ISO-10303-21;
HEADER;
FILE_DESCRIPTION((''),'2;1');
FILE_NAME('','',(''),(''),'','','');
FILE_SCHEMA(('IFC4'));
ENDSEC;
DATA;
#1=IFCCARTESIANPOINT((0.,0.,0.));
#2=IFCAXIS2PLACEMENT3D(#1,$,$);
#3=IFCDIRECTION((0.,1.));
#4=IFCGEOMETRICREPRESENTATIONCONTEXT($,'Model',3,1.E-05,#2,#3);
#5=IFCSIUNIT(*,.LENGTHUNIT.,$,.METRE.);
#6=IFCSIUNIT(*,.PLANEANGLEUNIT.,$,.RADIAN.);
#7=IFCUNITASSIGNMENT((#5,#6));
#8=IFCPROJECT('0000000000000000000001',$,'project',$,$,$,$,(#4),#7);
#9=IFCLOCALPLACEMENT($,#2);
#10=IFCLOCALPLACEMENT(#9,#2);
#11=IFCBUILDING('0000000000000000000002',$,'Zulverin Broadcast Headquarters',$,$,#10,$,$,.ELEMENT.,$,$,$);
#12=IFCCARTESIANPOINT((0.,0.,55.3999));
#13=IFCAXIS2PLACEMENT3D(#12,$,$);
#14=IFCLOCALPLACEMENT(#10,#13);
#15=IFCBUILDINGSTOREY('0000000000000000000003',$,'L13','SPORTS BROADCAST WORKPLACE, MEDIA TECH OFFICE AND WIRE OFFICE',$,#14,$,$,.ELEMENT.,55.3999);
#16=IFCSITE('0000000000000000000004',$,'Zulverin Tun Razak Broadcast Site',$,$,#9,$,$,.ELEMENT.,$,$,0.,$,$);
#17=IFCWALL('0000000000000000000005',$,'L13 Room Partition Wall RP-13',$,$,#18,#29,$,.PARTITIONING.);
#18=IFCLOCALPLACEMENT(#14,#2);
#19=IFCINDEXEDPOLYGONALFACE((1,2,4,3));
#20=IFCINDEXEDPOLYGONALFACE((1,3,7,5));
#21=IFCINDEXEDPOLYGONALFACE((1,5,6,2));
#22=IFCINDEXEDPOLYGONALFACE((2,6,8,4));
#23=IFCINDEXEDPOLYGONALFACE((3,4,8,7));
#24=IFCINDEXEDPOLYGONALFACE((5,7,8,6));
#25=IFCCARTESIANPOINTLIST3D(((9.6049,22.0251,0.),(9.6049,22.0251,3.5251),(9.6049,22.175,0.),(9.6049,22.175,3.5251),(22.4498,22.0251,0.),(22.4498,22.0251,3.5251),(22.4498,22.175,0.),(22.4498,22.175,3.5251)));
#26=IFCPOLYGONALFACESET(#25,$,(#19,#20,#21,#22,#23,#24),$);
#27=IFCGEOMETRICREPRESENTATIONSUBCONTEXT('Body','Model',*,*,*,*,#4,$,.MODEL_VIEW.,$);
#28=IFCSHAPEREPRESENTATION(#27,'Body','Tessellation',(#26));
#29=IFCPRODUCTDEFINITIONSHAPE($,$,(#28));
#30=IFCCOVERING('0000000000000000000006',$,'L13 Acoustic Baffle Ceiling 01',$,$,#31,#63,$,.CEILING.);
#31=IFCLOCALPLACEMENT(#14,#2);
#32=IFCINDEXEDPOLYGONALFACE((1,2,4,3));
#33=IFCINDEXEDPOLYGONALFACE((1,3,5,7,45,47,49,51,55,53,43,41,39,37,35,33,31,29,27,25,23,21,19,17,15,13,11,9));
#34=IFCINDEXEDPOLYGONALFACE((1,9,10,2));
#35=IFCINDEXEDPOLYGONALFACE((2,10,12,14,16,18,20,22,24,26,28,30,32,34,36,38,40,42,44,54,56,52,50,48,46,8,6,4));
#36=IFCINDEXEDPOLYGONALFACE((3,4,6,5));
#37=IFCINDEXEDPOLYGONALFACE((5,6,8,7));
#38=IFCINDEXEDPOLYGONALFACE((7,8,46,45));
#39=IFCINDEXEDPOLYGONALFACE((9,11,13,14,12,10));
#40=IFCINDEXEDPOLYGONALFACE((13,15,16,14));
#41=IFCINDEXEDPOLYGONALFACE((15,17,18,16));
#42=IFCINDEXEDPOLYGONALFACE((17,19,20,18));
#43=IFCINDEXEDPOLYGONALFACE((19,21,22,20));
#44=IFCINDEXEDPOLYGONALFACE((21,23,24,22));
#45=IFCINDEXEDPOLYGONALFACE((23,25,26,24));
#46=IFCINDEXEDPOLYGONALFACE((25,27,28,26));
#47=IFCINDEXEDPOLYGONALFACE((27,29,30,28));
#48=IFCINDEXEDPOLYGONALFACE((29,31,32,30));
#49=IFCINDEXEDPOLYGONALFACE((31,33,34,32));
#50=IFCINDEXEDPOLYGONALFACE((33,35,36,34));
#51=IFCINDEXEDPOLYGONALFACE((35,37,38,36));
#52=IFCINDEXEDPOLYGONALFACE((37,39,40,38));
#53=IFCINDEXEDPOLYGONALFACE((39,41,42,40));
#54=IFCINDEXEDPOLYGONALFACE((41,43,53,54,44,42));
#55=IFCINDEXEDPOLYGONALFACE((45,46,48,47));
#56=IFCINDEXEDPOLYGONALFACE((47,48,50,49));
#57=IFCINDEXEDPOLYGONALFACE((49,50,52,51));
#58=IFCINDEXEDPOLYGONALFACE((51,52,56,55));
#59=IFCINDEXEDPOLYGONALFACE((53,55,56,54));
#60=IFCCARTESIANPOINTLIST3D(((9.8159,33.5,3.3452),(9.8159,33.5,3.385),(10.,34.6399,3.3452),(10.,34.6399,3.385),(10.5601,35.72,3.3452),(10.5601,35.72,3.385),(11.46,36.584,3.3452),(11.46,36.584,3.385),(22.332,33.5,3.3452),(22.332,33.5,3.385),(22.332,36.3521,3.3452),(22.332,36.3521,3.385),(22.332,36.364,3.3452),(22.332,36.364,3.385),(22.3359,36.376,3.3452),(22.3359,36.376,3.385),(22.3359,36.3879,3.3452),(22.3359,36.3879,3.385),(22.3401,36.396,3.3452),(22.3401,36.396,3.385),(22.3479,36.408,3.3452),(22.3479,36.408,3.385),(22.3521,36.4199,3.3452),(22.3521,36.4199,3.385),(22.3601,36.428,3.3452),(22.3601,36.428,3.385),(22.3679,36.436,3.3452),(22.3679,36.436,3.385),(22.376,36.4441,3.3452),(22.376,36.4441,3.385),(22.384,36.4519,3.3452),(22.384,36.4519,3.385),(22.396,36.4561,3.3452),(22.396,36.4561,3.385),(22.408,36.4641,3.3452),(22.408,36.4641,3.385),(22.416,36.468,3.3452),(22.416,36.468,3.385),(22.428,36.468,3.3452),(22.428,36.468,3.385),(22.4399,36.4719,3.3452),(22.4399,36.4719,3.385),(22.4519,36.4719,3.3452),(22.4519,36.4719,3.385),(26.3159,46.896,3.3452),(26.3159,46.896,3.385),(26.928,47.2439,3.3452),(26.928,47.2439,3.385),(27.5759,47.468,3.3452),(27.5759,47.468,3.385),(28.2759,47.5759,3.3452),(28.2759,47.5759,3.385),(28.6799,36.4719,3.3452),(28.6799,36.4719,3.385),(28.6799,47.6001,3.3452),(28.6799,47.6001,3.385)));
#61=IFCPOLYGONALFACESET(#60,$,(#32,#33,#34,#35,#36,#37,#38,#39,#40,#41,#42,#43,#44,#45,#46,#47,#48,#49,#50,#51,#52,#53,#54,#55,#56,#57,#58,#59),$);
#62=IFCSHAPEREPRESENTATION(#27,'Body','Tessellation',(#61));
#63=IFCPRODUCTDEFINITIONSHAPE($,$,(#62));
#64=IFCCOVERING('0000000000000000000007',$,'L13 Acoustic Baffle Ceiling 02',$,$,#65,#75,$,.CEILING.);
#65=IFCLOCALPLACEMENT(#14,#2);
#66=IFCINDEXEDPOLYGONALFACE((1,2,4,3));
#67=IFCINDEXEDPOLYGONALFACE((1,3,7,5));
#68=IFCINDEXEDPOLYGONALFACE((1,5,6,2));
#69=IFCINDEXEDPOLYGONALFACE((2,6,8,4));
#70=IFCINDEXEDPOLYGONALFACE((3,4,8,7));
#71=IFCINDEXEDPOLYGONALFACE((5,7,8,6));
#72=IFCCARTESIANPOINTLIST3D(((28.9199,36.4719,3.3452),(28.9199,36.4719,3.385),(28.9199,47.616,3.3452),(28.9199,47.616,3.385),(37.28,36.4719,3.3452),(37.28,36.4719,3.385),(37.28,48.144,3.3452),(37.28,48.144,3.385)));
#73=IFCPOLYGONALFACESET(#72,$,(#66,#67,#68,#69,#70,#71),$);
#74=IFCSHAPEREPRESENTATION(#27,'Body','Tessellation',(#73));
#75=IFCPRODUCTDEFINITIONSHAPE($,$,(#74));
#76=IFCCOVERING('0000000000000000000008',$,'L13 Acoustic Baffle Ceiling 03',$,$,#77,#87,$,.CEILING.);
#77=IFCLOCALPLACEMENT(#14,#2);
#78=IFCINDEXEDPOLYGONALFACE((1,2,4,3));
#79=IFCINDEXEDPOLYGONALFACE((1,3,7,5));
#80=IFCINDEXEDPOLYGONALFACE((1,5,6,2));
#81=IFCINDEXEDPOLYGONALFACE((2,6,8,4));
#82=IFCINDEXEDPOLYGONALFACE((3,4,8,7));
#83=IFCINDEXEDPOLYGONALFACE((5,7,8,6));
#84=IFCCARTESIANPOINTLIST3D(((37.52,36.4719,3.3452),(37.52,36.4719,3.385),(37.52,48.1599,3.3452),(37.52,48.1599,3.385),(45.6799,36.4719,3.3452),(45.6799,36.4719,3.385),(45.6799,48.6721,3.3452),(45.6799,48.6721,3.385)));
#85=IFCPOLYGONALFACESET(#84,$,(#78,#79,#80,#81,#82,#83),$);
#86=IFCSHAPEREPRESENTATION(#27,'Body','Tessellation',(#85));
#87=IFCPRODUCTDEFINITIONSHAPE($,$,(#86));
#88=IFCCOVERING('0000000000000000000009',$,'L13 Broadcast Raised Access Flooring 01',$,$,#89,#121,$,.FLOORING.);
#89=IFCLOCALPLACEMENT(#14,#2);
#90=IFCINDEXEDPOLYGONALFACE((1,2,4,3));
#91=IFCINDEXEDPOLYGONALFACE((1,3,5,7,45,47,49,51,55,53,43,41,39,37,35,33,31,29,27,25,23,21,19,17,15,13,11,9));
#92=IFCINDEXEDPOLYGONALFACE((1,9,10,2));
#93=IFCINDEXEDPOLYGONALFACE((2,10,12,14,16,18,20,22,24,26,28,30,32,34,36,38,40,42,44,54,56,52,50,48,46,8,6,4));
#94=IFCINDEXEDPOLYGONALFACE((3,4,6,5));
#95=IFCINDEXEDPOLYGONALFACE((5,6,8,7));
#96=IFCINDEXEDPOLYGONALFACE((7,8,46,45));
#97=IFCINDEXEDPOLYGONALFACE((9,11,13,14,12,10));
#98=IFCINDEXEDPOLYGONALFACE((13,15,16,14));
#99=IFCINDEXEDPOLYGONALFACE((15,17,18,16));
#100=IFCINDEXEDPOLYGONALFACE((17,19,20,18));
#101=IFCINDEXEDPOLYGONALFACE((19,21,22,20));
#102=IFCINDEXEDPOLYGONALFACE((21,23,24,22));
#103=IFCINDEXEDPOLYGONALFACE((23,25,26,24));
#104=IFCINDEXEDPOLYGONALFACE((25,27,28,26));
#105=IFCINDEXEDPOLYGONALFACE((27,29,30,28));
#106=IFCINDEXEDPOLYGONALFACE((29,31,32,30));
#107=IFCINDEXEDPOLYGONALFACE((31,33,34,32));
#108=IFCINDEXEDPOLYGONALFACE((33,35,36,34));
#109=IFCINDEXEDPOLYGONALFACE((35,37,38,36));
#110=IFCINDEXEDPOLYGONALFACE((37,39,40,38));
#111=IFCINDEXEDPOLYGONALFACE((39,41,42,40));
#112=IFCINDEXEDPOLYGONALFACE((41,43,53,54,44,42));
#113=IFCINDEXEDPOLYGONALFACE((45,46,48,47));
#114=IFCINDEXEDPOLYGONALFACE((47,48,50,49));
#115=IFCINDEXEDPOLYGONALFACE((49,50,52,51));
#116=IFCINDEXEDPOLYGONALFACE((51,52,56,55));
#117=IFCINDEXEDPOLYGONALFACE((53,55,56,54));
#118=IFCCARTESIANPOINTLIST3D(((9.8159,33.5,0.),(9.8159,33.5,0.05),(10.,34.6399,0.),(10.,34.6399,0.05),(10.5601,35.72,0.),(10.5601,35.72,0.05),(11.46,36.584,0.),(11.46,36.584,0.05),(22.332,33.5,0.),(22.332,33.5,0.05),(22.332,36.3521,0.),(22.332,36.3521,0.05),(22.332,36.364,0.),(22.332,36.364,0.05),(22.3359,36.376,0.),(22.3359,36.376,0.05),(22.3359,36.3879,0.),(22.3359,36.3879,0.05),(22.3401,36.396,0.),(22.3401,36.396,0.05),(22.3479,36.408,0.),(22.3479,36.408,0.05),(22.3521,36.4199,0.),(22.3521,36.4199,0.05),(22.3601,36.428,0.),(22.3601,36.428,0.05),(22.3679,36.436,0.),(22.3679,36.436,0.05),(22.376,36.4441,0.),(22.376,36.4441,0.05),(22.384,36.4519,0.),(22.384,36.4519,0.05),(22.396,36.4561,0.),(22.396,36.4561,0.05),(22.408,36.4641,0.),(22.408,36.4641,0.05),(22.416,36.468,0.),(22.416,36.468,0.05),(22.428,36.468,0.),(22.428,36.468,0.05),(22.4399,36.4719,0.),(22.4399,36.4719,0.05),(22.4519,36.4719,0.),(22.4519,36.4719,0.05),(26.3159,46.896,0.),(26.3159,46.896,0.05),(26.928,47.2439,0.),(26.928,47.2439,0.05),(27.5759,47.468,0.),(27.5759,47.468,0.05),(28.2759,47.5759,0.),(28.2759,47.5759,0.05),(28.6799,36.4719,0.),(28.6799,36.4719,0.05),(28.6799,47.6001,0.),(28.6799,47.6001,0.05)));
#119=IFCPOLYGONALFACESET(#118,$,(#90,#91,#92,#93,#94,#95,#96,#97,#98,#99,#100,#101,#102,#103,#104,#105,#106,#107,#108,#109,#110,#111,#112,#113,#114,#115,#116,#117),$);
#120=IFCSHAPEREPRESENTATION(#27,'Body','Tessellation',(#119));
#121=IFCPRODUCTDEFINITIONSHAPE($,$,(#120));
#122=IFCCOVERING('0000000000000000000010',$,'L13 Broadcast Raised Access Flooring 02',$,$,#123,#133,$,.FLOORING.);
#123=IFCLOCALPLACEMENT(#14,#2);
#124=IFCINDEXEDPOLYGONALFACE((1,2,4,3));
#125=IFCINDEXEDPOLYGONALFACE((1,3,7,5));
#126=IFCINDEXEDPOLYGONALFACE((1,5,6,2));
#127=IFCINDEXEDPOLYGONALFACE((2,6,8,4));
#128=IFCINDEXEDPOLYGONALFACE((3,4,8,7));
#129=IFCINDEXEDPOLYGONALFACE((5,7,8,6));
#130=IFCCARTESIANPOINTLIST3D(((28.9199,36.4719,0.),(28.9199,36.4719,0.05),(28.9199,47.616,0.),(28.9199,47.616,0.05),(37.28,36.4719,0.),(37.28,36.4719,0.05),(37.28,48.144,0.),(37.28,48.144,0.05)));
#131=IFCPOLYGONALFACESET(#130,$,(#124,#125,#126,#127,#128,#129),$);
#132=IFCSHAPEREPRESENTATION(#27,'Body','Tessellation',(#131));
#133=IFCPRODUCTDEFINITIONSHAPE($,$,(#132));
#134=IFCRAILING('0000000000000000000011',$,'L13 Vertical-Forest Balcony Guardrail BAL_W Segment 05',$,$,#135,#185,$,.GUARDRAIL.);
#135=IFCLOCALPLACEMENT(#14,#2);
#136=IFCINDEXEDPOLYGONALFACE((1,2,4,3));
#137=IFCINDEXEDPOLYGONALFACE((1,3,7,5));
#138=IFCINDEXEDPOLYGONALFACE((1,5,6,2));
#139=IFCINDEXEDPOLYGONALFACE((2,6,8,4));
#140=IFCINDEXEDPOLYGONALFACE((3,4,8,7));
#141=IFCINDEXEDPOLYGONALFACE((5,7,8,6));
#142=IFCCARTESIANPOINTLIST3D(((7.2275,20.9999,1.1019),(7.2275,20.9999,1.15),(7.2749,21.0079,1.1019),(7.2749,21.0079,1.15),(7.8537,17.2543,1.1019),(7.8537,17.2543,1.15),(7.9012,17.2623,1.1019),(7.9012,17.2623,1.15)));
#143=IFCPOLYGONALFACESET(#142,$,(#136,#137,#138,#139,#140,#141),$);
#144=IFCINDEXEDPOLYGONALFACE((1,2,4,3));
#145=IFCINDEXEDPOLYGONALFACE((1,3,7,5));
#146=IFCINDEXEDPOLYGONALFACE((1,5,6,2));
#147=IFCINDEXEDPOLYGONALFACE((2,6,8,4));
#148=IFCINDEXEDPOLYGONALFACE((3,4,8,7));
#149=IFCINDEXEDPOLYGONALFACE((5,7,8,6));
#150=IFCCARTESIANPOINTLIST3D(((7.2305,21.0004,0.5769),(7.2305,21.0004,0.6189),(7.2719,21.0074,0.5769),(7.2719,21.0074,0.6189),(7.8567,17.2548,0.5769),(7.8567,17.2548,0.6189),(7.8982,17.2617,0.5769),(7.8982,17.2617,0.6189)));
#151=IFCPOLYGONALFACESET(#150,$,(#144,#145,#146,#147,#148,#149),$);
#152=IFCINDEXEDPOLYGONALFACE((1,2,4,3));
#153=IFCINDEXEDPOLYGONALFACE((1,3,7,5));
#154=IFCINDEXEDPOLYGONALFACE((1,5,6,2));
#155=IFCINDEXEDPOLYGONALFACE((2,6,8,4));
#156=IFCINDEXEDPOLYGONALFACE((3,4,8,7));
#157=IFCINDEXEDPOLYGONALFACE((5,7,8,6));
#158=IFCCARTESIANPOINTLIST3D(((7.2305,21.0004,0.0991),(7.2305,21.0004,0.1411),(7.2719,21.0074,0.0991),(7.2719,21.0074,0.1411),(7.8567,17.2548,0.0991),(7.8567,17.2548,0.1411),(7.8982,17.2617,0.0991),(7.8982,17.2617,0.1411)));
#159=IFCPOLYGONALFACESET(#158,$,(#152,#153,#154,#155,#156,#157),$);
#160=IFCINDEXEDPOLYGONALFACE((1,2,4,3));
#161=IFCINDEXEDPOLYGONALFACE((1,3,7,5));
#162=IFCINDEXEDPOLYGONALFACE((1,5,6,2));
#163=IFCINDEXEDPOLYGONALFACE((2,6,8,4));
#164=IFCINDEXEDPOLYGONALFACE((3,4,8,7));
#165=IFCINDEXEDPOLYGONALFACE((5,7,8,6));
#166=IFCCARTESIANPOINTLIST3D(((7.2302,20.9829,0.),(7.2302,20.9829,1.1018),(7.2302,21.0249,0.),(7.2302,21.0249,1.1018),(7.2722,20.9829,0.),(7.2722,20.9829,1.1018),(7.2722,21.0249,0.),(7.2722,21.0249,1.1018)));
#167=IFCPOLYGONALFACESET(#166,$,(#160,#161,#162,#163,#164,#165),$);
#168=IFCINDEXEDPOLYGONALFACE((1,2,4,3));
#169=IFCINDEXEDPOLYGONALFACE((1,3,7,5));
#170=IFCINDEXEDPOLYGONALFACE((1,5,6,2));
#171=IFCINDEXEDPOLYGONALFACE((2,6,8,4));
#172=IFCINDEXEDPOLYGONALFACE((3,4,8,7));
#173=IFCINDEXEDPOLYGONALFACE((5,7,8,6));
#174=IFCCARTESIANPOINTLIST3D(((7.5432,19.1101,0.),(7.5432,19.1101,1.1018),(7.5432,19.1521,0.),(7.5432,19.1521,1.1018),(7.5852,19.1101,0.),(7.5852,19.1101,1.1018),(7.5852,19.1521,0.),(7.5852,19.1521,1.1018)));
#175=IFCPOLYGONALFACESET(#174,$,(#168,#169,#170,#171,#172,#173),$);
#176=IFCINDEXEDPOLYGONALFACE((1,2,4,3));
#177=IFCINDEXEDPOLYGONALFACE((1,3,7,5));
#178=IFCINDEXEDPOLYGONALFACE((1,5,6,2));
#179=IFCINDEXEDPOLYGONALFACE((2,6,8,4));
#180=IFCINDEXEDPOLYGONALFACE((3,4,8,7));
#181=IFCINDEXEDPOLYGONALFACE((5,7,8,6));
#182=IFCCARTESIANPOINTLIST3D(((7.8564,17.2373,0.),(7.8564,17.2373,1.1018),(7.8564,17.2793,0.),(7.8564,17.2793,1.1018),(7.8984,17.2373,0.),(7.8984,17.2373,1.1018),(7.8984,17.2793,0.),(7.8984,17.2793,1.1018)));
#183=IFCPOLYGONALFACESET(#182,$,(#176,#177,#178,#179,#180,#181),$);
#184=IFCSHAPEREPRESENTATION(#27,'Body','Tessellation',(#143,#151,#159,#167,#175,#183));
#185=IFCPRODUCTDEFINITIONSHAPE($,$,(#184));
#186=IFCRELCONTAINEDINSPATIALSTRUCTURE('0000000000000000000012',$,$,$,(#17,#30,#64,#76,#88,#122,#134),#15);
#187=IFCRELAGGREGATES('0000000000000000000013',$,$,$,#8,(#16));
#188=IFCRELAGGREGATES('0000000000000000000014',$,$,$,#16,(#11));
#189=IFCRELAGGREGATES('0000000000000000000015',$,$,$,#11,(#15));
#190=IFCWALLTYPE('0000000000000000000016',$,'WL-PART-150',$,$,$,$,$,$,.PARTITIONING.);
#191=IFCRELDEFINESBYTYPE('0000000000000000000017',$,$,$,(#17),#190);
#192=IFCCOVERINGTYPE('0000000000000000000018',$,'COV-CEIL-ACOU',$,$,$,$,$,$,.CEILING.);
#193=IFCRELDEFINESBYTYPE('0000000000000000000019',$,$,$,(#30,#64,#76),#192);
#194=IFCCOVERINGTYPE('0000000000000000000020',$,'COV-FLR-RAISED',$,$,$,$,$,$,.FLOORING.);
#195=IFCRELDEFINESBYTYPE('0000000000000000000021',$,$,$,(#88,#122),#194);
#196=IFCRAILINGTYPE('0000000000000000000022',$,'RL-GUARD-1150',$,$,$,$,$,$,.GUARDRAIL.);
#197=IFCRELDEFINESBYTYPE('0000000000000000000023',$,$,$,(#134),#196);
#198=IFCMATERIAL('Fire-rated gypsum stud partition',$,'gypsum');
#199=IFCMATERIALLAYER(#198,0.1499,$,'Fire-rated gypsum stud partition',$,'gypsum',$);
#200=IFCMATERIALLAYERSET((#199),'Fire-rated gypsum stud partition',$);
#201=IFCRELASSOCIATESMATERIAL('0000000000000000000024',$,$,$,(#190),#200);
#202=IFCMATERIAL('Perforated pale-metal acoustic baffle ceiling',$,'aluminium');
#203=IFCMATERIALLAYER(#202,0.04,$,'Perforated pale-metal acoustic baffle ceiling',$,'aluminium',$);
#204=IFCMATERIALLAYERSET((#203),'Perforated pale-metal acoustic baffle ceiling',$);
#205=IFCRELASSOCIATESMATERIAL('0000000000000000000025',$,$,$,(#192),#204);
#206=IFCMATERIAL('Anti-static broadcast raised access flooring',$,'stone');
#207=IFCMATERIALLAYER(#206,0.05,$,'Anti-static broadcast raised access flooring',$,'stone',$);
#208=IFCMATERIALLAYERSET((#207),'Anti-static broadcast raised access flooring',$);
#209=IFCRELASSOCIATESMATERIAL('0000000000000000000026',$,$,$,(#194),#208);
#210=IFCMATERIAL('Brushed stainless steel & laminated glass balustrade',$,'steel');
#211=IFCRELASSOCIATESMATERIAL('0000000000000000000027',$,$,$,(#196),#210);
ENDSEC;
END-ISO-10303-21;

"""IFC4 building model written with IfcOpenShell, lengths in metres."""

from ifc_helpers import new_model, si_unit, direction, frame, frame_2d, origin, origin_2d, place, context, subcontext, project, spatial, polyline, rectangle, outline, extrude, material, layer, layer_set, type_object, element, save


model = new_model("IFC4")

# Units and contexts
model_context = context("Model", 3, precision=1e-05, world=origin(), true_north=direction((0.0, 1.0)))
body_context = subcontext(model_context, "Body", "Model", "MODEL_VIEW")
ifc_project = project(units=[si_unit("LENGTHUNIT", "METRE"), si_unit("PLANEANGLEUNIT", "RADIAN")], contexts=[model_context])

# Site, building, storey
site_placement = place(None, origin())
site = spatial("IfcSite", under=ifc_project, at=site_placement, Name="Zulverin Tun Razak Broadcast Site", CompositionType="ELEMENT", RefElevation=0.0)
building_placement = place(site_placement, origin())
building = spatial("IfcBuilding", under=site, at=building_placement, Name="Zulverin Broadcast Headquarters", CompositionType="ELEMENT")
storey_placement = place(building_placement, frame((0.0, 0.0, 55.3999)))
storey = spatial("IfcBuildingStorey", under=building, at=storey_placement, Name="L13", Description="SPORTS BROADCAST WORKPLACE, MEDIA TECH OFFICE AND WIRE OFFICE", CompositionType="ELEMENT", Elevation=55.3999)

# Wall
ifc_material_1 = material(Name="Fire-rated gypsum stud partition", Category="gypsum")
ifc_layer_1 = layer(ifc_material_1, 0.1499, Name="Fire-rated gypsum stud partition", Category="gypsum")
ifc_layer_set_1 = layer_set([ifc_layer_1], Name="Fire-rated gypsum stud partition")
wall_type_1 = type_object("IfcWallType", Name="WL-PART-150", PredefinedType="PARTITIONING", material=ifc_layer_set_1)
wall_1_placement = place(storey_placement, frame((9.605, 22.1001, 0.0), z_axis=(0.0, 0.0, 1.0), x_axis=(1.0, 0.0, 0.0)))
element("IfcWall", 1, at=wall_1_placement, inside=storey, type_object=wall_type_1, Name="L13 Room Partition Wall RP-13", PredefinedType="PARTITIONING", context=body_context, shape_type="SweptSolid", body=[
    extrude(rectangle(XDim=12.845, YDim=0.1499, at=frame_2d((6.4224, 0.0))), origin(), (0.0, 0.0, 1.0), 3.5251),
])

# Coverings
ifc_material_2 = material(Name="Perforated pale-metal acoustic baffle ceiling", Category="aluminium")
ifc_layer_2 = layer(ifc_material_2, 0.04, Name="Perforated pale-metal acoustic baffle ceiling", Category="aluminium")
ifc_layer_set_2 = layer_set([ifc_layer_2], Name="Perforated pale-metal acoustic baffle ceiling")
covering_type_1 = type_object("IfcCoveringType", Name="COV-CEIL-ACOU", PredefinedType="CEILING", material=ifc_layer_set_2)
covering_1_placement = place(storey_placement, frame((0.0, 0.0, 3.3452)))
element("IfcCovering", 2, at=covering_1_placement, inside=storey, type_object=covering_type_1, Name="L13 Acoustic Baffle Ceiling 01", PredefinedType="CEILING", context=body_context, shape_type="SweptSolid", body=[
    extrude(outline(polyline([(11.46, 36.584), (10.5601, 35.72), (10.0, 34.6399), (9.8159, 33.5), (22.332, 33.5), (22.332, 36.3521), (22.332, 36.364), (22.3359, 36.376), (22.3359, 36.3879), (22.3401, 36.396), (22.3479, 36.408), (22.3521, 36.4199), (22.3601, 36.428), (22.3679, 36.436), (22.376, 36.4441), (22.384, 36.4519), (22.396, 36.4561), (22.408, 36.4641), (22.416, 36.468), (22.428, 36.468), (22.4399, 36.4719), (22.4519, 36.4719), (28.6799, 36.4719), (28.6799, 47.6001), (28.2759, 47.5759), (27.5759, 47.468), (26.928, 47.2439), (26.3159, 46.896), (11.46, 36.584)])), origin(), (0.0, 0.0, 1.0), 0.0398),
])
covering_2_placement = place(storey_placement, frame((0.0, 0.0, 3.3452)))
element("IfcCovering", 3, at=covering_2_placement, inside=storey, type_object=covering_type_1, Name="L13 Acoustic Baffle Ceiling 02", PredefinedType="CEILING", context=body_context, shape_type="SweptSolid", body=[
    extrude(outline(polyline([(37.28, 36.4719), (37.28, 48.144), (28.9199, 47.616), (28.9199, 36.4719), (37.28, 36.4719)])), origin(), (0.0, 0.0, 1.0), 0.0398),
])
covering_3_placement = place(storey_placement, frame((0.0, 0.0, 3.3452)))
element("IfcCovering", 4, at=covering_3_placement, inside=storey, type_object=covering_type_1, Name="L13 Acoustic Baffle Ceiling 03", PredefinedType="CEILING", context=body_context, shape_type="SweptSolid", body=[
    extrude(outline(polyline([(45.6799, 36.4719), (45.6799, 48.6721), (37.52, 48.1599), (37.52, 36.4719), (45.6799, 36.4719)])), origin(), (0.0, 0.0, 1.0), 0.0398),
])
ifc_material_3 = material(Name="Anti-static broadcast raised access flooring", Category="stone")
ifc_layer_3 = layer(ifc_material_3, 0.05, Name="Anti-static broadcast raised access flooring", Category="stone")
ifc_layer_set_3 = layer_set([ifc_layer_3], Name="Anti-static broadcast raised access flooring")
covering_type_2 = type_object("IfcCoveringType", Name="COV-FLR-RAISED", PredefinedType="FLOORING", material=ifc_layer_set_3)
covering_4_placement = place(storey_placement, origin())
element("IfcCovering", 5, at=covering_4_placement, inside=storey, type_object=covering_type_2, Name="L13 Broadcast Raised Access Flooring 01", PredefinedType="FLOORING", context=body_context, shape_type="SweptSolid", body=[
    extrude(outline(polyline([(11.46, 36.584), (10.5601, 35.72), (10.0, 34.6399), (9.8159, 33.5), (22.332, 33.5), (22.332, 36.3521), (22.332, 36.364), (22.3359, 36.376), (22.3359, 36.3879), (22.3401, 36.396), (22.3479, 36.408), (22.3521, 36.4199), (22.3601, 36.428), (22.3679, 36.436), (22.376, 36.4441), (22.384, 36.4519), (22.396, 36.4561), (22.408, 36.4641), (22.416, 36.468), (22.428, 36.468), (22.4399, 36.4719), (22.4519, 36.4719), (28.6799, 36.4719), (28.6799, 47.6001), (28.2759, 47.5759), (27.5759, 47.468), (26.928, 47.2439), (26.3159, 46.896), (11.46, 36.584)])), origin(), (0.0, 0.0, 1.0), 0.05),
])
covering_5_placement = place(storey_placement, origin())
element("IfcCovering", 6, at=covering_5_placement, inside=storey, type_object=covering_type_2, Name="L13 Broadcast Raised Access Flooring 02", PredefinedType="FLOORING", context=body_context, shape_type="SweptSolid", body=[
    extrude(outline(polyline([(37.28, 36.4719), (37.28, 48.144), (28.9199, 47.616), (28.9199, 36.4719), (37.28, 36.4719)])), origin(), (0.0, 0.0, 1.0), 0.05),
])

# Railing
ifc_material_4 = material(Name="Brushed stainless steel & laminated glass balustrade", Category="steel")
railing_type = type_object("IfcRailingType", Name="RL-GUARD-1150", PredefinedType="GUARDRAIL", material=ifc_material_4)
railing_1_placement = place(storey_placement, frame((7.2512, 21.0039, 0.0)))
element("IfcRailing", 7, at=railing_1_placement, inside=storey, type_object=railing_type, Name="L13 Vertical-Forest Balcony Guardrail BAL_W Segment 05", PredefinedType="GUARDRAIL", context=body_context, shape_type="SweptSolid", body=[
    extrude(rectangle(XDim=0.0481, YDim=0.0481, at=origin_2d()), frame((0.0, 0.0, 1.126), z_axis=(0.164899, -0.98631, 0.0), x_axis=(0.98631, 0.164899, 0.0)), (0.0, 0.0, 1.0), 3.7976),
    extrude(rectangle(XDim=0.042, YDim=0.042, at=origin_2d()), frame((0.0, 0.0, 0.5979), z_axis=(0.164899, -0.98631, 0.0), x_axis=(0.98631, 0.164899, 0.0)), (0.0, 0.0, 1.0), 3.7976),
    extrude(rectangle(XDim=0.042, YDim=0.042, at=origin_2d()), frame((0.0, 0.0, 0.1201), z_axis=(0.164899, -0.98631, 0.0), x_axis=(0.98631, 0.164899, 0.0)), (0.0, 0.0, 1.0), 3.7976),
    extrude(rectangle(XDim=0.042, YDim=0.042, at=origin_2d()), origin(), (0.0, 0.0, 1.0), 1.1018),
    extrude(rectangle(XDim=0.042, YDim=0.042, at=origin_2d()), frame((0.313, -1.8728, 0.0)), (0.0, 0.0, 1.0), 1.1018),
    extrude(rectangle(XDim=0.042, YDim=0.042, at=origin_2d()), frame((0.6262, -3.7456, 0.0)), (0.0, 0.0, 1.0), 1.1018),
])

save(model, "model.ifc")
